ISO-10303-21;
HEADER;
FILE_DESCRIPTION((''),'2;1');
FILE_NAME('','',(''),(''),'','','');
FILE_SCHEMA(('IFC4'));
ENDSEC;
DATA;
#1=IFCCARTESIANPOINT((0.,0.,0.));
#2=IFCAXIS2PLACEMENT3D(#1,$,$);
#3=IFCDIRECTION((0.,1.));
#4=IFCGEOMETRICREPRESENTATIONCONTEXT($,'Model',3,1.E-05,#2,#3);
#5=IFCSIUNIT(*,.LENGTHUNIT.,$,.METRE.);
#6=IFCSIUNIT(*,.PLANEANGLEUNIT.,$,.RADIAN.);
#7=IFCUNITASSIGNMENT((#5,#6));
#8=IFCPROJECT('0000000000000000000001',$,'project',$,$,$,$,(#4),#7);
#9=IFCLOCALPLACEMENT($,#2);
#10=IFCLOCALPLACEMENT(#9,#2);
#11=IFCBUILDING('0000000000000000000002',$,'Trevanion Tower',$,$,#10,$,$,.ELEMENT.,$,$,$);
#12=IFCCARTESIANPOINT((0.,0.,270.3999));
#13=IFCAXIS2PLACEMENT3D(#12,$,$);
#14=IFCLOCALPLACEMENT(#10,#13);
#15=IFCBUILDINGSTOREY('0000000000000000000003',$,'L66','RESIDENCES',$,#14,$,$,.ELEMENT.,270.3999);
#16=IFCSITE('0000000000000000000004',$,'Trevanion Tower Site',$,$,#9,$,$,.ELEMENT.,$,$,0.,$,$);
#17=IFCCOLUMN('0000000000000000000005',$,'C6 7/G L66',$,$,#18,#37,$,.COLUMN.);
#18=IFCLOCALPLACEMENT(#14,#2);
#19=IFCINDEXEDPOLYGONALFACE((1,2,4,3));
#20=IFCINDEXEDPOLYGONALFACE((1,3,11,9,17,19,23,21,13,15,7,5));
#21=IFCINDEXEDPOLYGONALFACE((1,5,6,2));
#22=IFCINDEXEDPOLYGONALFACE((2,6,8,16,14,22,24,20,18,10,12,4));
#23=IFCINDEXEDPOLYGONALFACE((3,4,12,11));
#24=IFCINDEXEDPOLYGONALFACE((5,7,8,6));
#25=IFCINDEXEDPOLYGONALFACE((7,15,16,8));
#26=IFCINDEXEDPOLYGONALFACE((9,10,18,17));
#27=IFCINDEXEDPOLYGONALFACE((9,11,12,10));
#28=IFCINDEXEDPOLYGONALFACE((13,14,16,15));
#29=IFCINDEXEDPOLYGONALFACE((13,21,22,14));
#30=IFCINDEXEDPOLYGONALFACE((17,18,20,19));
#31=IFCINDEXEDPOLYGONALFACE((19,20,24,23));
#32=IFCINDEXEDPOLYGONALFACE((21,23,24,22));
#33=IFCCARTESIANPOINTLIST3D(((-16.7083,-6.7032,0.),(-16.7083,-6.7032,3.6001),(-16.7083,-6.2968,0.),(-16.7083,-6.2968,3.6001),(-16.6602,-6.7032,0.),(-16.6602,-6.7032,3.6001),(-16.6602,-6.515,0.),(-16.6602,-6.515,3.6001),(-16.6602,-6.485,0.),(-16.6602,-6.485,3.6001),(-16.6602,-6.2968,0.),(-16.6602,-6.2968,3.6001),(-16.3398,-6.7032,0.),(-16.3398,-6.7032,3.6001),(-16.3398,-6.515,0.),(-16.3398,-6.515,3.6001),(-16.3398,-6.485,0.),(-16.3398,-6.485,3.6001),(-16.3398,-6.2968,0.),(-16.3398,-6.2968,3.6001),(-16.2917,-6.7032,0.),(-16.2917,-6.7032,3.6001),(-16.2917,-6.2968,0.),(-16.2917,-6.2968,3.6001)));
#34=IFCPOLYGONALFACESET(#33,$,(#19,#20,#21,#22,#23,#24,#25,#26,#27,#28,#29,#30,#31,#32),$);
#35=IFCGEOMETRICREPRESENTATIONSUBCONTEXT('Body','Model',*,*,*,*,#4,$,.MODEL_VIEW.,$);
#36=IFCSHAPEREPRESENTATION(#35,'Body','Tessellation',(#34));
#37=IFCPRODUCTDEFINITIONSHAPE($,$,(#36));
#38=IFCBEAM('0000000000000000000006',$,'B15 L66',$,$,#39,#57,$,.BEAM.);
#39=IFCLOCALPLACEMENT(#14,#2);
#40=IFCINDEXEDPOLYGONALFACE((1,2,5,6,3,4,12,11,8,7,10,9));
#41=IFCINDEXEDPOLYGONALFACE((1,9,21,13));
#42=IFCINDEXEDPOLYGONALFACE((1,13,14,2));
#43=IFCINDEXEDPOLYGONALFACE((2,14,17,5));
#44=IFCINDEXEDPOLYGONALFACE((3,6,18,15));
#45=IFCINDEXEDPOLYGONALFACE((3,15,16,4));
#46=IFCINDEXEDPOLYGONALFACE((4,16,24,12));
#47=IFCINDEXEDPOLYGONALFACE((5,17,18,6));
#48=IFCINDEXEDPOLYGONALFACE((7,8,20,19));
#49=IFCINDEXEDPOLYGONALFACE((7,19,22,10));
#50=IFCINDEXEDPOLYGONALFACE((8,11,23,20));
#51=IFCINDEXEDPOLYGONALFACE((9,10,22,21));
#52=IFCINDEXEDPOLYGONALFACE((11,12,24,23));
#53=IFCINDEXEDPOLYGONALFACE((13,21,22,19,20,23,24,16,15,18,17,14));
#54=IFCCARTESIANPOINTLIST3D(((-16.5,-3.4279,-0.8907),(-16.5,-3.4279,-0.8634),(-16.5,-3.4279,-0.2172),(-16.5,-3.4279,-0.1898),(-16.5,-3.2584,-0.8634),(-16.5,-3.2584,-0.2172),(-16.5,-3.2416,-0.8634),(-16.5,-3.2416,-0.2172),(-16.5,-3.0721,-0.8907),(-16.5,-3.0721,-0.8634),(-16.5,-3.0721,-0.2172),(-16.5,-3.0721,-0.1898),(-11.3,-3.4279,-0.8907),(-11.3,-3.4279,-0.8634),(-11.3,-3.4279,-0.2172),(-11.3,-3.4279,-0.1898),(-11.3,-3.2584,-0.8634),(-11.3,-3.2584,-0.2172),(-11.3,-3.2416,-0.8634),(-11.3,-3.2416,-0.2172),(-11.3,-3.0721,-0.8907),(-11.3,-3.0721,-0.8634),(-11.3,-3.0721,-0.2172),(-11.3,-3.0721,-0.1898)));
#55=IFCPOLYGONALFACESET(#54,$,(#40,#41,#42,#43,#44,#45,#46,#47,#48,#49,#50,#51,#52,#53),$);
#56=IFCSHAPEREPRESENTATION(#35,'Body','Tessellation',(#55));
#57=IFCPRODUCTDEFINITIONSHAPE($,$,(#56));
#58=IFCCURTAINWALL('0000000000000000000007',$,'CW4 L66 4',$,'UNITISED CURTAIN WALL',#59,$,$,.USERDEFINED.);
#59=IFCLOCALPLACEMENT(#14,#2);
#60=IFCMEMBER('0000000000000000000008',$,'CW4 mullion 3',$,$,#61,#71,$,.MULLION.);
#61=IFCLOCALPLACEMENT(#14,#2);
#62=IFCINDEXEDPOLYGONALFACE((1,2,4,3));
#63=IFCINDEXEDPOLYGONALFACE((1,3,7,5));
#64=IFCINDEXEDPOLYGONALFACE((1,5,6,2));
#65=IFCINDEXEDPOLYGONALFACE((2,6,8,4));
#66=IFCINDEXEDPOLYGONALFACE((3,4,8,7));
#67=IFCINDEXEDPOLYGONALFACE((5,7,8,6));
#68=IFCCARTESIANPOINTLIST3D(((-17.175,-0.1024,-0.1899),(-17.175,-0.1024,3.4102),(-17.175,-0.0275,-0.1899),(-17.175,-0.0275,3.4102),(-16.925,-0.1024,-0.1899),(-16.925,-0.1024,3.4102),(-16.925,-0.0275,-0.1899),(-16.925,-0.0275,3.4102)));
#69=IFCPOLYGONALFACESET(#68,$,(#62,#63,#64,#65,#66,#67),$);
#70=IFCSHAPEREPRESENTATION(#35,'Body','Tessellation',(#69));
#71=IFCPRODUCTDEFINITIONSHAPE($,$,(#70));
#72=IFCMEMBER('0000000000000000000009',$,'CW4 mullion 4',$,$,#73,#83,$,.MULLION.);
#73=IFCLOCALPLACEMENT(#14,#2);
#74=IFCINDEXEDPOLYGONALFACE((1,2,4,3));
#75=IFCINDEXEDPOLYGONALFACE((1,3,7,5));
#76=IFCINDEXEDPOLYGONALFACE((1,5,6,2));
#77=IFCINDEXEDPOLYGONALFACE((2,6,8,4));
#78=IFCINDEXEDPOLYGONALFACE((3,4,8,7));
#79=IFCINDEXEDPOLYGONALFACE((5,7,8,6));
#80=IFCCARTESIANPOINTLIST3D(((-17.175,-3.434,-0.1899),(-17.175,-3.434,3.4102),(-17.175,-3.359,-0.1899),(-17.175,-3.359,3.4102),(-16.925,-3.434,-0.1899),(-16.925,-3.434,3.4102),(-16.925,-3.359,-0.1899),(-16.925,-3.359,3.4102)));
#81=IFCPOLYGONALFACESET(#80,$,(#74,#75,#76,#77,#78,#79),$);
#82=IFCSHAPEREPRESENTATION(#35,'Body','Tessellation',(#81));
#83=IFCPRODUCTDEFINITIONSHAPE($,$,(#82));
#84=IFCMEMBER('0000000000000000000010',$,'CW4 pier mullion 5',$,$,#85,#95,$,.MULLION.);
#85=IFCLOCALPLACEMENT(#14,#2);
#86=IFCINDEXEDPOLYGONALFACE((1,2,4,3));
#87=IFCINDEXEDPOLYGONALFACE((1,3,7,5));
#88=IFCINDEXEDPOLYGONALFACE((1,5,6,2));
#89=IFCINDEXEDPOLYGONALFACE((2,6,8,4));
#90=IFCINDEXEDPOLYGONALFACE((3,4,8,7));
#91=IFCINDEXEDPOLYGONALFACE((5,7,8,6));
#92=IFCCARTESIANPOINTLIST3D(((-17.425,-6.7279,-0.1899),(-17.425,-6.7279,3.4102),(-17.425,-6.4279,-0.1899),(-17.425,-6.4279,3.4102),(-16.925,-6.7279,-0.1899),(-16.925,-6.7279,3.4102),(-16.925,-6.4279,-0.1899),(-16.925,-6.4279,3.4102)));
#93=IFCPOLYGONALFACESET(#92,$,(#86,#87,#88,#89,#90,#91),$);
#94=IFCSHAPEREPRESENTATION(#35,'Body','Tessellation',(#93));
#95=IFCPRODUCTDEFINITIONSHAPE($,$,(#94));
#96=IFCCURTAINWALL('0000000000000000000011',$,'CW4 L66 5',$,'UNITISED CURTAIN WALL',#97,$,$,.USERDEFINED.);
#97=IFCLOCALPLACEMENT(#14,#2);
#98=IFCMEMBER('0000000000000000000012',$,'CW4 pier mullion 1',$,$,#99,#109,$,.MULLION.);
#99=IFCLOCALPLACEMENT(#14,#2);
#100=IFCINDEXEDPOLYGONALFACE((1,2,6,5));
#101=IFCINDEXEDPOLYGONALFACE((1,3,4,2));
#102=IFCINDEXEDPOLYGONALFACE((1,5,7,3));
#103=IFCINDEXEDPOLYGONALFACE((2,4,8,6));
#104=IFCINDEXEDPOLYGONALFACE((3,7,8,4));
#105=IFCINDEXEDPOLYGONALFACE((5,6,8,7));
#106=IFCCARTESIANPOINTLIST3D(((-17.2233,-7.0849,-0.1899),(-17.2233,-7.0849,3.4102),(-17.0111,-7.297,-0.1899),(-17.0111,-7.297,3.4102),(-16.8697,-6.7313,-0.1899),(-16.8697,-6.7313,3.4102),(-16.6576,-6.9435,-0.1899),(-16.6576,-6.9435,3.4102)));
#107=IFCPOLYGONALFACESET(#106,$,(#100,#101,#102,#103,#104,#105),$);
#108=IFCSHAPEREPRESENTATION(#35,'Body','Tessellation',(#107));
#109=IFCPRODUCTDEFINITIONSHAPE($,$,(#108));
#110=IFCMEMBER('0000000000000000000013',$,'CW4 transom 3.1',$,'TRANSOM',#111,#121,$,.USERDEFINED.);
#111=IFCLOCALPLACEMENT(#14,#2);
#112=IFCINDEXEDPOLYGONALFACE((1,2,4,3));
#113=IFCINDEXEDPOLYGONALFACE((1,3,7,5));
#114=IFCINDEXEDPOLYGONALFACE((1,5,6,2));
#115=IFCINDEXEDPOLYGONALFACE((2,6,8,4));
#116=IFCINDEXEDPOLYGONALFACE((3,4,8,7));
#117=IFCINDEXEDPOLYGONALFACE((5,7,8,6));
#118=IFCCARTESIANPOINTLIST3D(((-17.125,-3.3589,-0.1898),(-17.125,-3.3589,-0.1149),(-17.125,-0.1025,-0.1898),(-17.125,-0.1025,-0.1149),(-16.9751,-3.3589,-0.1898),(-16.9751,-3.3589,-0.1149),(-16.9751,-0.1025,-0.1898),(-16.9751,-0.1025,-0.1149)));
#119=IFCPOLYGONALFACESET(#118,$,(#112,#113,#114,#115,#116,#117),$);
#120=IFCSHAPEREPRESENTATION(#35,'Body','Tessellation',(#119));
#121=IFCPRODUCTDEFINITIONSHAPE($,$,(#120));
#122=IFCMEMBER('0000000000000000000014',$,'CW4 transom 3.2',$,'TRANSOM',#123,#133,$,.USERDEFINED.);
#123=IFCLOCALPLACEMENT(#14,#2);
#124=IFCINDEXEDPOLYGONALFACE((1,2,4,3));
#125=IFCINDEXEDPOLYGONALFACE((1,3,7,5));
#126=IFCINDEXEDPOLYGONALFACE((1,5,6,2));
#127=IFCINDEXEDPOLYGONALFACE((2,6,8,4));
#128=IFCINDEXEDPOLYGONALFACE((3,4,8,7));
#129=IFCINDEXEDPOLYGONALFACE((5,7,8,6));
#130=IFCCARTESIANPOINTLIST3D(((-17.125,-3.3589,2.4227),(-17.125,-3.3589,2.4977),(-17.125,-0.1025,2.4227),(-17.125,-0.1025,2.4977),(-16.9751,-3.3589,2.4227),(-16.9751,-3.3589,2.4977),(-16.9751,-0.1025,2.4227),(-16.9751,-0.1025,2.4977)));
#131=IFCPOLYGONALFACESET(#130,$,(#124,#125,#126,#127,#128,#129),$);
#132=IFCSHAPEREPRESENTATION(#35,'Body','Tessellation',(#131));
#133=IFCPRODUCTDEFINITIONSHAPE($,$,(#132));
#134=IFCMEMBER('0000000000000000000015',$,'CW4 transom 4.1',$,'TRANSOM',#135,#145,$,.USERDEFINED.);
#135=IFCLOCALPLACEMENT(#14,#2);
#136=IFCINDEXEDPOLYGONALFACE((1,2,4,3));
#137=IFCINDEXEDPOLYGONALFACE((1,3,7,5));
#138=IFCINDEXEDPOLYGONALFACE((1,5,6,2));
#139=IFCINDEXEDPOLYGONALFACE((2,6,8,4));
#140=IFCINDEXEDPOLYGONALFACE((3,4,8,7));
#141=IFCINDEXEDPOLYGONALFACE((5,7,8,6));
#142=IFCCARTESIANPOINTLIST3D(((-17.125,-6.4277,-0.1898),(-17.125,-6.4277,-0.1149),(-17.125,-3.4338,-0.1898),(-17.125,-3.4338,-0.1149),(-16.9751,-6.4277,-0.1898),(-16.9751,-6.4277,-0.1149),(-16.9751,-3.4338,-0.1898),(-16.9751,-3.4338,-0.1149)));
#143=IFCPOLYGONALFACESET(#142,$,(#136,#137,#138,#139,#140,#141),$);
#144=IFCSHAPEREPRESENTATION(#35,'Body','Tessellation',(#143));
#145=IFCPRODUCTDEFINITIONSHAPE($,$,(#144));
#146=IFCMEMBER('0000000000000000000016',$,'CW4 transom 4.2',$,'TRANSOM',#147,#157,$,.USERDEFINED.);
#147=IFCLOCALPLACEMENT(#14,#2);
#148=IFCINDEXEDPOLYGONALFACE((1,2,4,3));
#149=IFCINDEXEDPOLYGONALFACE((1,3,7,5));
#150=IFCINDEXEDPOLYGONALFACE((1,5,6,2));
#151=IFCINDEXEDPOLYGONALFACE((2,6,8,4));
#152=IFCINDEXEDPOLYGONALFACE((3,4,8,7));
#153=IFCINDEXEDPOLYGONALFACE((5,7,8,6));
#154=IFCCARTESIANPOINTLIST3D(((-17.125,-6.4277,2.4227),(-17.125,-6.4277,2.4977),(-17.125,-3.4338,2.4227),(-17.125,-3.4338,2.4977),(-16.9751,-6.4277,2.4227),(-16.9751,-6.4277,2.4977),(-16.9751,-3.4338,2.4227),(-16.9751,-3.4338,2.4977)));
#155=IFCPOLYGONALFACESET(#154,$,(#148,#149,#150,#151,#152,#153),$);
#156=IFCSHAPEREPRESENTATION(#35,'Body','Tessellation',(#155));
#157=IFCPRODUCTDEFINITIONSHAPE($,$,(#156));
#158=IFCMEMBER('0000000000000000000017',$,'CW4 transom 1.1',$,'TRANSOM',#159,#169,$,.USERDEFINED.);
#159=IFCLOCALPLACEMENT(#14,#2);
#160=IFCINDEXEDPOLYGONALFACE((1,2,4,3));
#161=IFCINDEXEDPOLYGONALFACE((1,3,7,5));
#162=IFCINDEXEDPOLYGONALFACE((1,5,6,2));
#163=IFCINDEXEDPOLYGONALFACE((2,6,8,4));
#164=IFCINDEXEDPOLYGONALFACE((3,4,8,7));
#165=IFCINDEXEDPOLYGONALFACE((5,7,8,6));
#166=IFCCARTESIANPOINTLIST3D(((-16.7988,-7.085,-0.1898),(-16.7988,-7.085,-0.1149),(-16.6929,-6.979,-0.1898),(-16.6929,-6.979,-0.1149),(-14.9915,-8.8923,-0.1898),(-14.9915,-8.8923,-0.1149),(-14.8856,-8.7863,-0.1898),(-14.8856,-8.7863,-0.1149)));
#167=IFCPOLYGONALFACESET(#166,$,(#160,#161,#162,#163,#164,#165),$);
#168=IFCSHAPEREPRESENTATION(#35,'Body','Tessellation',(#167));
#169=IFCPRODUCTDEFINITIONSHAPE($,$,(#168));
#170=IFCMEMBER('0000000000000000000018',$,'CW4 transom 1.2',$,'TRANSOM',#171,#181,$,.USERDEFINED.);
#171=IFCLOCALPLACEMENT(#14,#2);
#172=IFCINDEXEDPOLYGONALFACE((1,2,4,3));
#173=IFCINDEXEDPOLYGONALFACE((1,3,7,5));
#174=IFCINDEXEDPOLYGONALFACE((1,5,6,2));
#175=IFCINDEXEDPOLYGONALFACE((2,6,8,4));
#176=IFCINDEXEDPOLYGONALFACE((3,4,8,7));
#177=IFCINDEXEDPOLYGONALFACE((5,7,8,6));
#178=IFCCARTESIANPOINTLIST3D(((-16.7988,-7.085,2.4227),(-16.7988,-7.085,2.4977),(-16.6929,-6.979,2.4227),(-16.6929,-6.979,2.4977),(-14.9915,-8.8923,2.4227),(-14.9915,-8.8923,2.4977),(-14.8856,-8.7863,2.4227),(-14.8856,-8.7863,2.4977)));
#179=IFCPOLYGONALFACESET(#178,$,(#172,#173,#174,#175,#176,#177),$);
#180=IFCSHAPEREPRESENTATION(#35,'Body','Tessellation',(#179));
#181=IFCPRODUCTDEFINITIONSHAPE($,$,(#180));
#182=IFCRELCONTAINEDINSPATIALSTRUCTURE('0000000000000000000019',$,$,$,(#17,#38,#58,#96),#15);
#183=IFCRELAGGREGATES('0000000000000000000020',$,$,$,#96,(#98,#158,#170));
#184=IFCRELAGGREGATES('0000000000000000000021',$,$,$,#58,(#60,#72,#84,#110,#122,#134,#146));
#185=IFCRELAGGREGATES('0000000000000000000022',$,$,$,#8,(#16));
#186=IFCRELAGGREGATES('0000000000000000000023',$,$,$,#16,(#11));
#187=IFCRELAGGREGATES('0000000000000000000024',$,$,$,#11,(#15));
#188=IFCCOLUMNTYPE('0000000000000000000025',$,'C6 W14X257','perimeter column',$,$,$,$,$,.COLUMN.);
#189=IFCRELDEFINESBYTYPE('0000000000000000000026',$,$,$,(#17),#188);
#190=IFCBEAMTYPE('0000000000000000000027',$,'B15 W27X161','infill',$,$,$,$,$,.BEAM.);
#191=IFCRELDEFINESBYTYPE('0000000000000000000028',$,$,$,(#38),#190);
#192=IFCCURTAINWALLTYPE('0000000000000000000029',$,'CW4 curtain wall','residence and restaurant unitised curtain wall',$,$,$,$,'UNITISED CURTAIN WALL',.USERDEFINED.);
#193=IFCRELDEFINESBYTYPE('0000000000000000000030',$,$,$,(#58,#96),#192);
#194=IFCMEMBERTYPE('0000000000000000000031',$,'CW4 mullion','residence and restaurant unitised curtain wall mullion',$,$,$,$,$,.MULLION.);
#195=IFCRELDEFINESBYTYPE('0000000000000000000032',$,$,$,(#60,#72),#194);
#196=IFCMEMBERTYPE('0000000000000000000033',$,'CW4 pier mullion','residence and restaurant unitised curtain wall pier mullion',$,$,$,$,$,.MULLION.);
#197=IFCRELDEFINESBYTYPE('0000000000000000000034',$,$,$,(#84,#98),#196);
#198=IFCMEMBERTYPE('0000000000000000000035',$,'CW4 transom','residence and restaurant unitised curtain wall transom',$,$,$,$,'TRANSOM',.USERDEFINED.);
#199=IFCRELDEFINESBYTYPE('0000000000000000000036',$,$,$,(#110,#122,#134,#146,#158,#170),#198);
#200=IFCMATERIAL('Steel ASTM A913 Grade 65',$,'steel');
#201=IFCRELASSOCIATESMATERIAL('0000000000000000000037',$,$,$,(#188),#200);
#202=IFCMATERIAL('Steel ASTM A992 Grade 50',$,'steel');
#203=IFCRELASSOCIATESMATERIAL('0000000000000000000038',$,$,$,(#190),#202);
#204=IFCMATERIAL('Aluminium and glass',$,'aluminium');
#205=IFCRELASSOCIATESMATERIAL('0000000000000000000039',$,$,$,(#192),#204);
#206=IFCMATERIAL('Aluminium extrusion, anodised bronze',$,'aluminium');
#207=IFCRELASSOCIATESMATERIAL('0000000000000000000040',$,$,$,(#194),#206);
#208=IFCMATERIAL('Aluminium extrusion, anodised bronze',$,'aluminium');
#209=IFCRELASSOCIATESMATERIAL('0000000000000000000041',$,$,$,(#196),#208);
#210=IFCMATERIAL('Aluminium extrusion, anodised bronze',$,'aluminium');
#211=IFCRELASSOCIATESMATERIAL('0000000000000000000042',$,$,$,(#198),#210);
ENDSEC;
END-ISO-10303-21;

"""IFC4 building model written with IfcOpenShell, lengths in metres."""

from ifc_helpers import new_model, si_unit, direction, frame, origin, origin_2d, place, context, subcontext, project, spatial, rectangle, i_section, extrude, material, material_profile, profile_set, type_object, element, aggregate, save


model = new_model("IFC4")

# Units and contexts
model_context = context("Model", 3, precision=1e-05, world=origin(), true_north=direction((0.0, 1.0)))
body_context = subcontext(model_context, "Body", "Model", "MODEL_VIEW")
ifc_project = project(units=[si_unit("LENGTHUNIT", "METRE"), si_unit("PLANEANGLEUNIT", "RADIAN")], contexts=[model_context])

# Site, building, storey
site_placement = place(None, origin())
site = spatial("IfcSite", under=ifc_project, at=site_placement, Name="Trevanion Tower Site", CompositionType="ELEMENT", RefElevation=0.0)
building_placement = place(site_placement, origin())
building = spatial("IfcBuilding", under=site, at=building_placement, Name="Trevanion Tower", CompositionType="ELEMENT")
storey_placement = place(building_placement, frame((0.0, 0.0, 270.3999)))
storey = spatial("IfcBuildingStorey", under=building, at=storey_placement, Name="L66", Description="RESIDENCES", CompositionType="ELEMENT", Elevation=270.3999)

# Column
ifc_material_1 = material(Name="Steel ASTM A913 Grade 65", Category="steel")
ifc_material_profile_1 = material_profile(ifc_material_1, i_section(OverallWidth=0.4065, OverallDepth=0.4165, WebThickness=0.03, FlangeThickness=0.0481, at=origin_2d()), Name="W14X257")
ifc_profile_set_1 = profile_set([ifc_material_profile_1], Name="Steel ASTM A913 Grade 65")
column_type = type_object("IfcColumnType", Name="C6 W14X257", Description="perimeter column", PredefinedType="COLUMN", material=ifc_profile_set_1)
column_placement = place(storey_placement, frame((-16.5, -6.5, 0.0), z_axis=(0.0, 0.0, 1.0), x_axis=(0.0, 1.0, 0.0)))
element("IfcColumn", 1, at=column_placement, inside=storey, type_object=column_type, Name="C6 7/G L66", PredefinedType="COLUMN", context=body_context, shape_type="SweptSolid", body=[
    extrude(i_section(OverallWidth=0.4065, OverallDepth=0.4165, WebThickness=0.03, FlangeThickness=0.0481, at=origin_2d()), origin(), (0.0, 0.0, 1.0), 3.6001),
])

# Beam
ifc_material_2 = material(Name="Steel ASTM A992 Grade 50", Category="steel")
ifc_material_profile_2 = material_profile(ifc_material_2, i_section(OverallWidth=0.3557, OverallDepth=0.7009, WebThickness=0.0168, FlangeThickness=0.0273, at=origin_2d()), Name="W27X161")
ifc_profile_set_2 = profile_set([ifc_material_profile_2], Name="Steel ASTM A992 Grade 50")
beam_type_1 = type_object("IfcBeamType", Name="B15 W27X161", Description="infill", PredefinedType="BEAM", material=ifc_profile_set_2)
beam_1_placement = place(storey_placement, frame((-11.3, -3.25, -0.5403), z_axis=(-1.0, 0.0, 0.0), x_axis=(0.0, -1.0, 0.0)))
element("IfcBeam", 2, at=beam_1_placement, inside=storey, type_object=beam_type_1, Name="B15 L66", PredefinedType="BEAM", context=body_context, shape_type="SweptSolid", body=[
    extrude(i_section(OverallWidth=0.3557, OverallDepth=0.7009, WebThickness=0.0168, FlangeThickness=0.0273, at=origin_2d()), origin(), (0.0, 0.0, 1.0), 5.2),
])

# Curtain wall, members
ifc_material_3 = material(Name="Aluminium and glass", Category="aluminium")
curtain_wall_type = type_object("IfcCurtainWallType", Name="CW4 curtain wall", Description="residence and restaurant unitised curtain wall", ElementType="UNITISED CURTAIN WALL", PredefinedType="USERDEFINED", material=ifc_material_3)
curtain_wall_1_placement = place(storey_placement, origin())
curtain_wall_1 = element("IfcCurtainWall", 3, at=curtain_wall_1_placement, inside=storey, type_object=curtain_wall_type, Name="CW4 L66 4", ObjectType="UNITISED CURTAIN WALL", PredefinedType="USERDEFINED")
ifc_material_4 = material(Name="Aluminium extrusion, anodised bronze", Category="aluminium")
ifc_material_profile_3 = material_profile(ifc_material_4, rectangle(XDim=0.075, YDim=0.25, at=origin_2d()), Name="CW4 mullion")
ifc_profile_set_3 = profile_set([ifc_material_profile_3], Name="Aluminium extrusion, anodised bronze")
member_type_1 = type_object("IfcMemberType", Name="CW4 mullion", Description="residence and restaurant unitised curtain wall mullion", PredefinedType="MULLION", material=ifc_profile_set_3)
member_1_placement = place(storey_placement, frame((-17.05, -0.0649, -0.1899), z_axis=(0.0, 0.0, 1.0), x_axis=(0.0, -1.0, 0.0)))
member_1 = element("IfcMember", 4, at=member_1_placement, type_object=member_type_1, Name="CW4 mullion 3", PredefinedType="MULLION", context=body_context, shape_type="SweptSolid", body=[
    extrude(rectangle(XDim=0.075, YDim=0.25, at=origin_2d()), origin(), (0.0, 0.0, 1.0), 3.6001),
])
member_2_placement = place(storey_placement, frame((-17.05, -3.3965, -0.1899), z_axis=(0.0, 0.0, 1.0), x_axis=(0.0, -1.0, 0.0)))
member_2 = element("IfcMember", 5, at=member_2_placement, type_object=member_type_1, Name="CW4 mullion 4", PredefinedType="MULLION", context=body_context, shape_type="SweptSolid", body=[
    extrude(rectangle(XDim=0.075, YDim=0.25, at=origin_2d()), origin(), (0.0, 0.0, 1.0), 3.6001),
])
ifc_material_5 = material(Name="Aluminium extrusion, anodised bronze", Category="aluminium")
ifc_material_profile_4 = material_profile(ifc_material_5, rectangle(XDim=0.3, YDim=0.5, at=origin_2d()), Name="CW4 pier mullion")
ifc_profile_set_4 = profile_set([ifc_material_profile_4], Name="Aluminium extrusion, anodised bronze")
member_type_2 = type_object("IfcMemberType", Name="CW4 pier mullion", Description="residence and restaurant unitised curtain wall pier mullion", PredefinedType="MULLION", material=ifc_profile_set_4)
member_3_placement = place(storey_placement, frame((-17.175, -6.5779, -0.1899), z_axis=(0.0, 0.0, 1.0), x_axis=(0.0, -1.0, 0.0)))
member_3 = element("IfcMember", 6, at=member_3_placement, type_object=member_type_2, Name="CW4 pier mullion 5", PredefinedType="MULLION", context=body_context, shape_type="SweptSolid", body=[
    extrude(rectangle(XDim=0.3, YDim=0.5, at=origin_2d()), origin(), (0.0, 0.0, 1.0), 3.6001),
])

# Curtain wall, member
curtain_wall_2_placement = place(storey_placement, origin())
curtain_wall_2 = element("IfcCurtainWall", 7, at=curtain_wall_2_placement, inside=storey, type_object=curtain_wall_type, Name="CW4 L66 5", ObjectType="UNITISED CURTAIN WALL", PredefinedType="USERDEFINED")
member_4_placement = place(storey_placement, frame((-16.9404, -7.0142, -0.1899), z_axis=(0.0, 0.0, 1.0), x_axis=(0.707107, -0.707107, 0.0)))
member_4 = element("IfcMember", 8, at=member_4_placement, type_object=member_type_2, Name="CW4 pier mullion 1", PredefinedType="MULLION", context=body_context, shape_type="SweptSolid", body=[
    extrude(rectangle(XDim=0.3, YDim=0.5, at=origin_2d()), origin(), (0.0, 0.0, 1.0), 3.6001),
])

# Members
ifc_material_6 = material(Name="Aluminium extrusion, anodised bronze", Category="aluminium")
ifc_material_profile_5 = material_profile(ifc_material_6, rectangle(XDim=0.1499, YDim=0.075, at=origin_2d()), Name="CW4 transom")
ifc_profile_set_5 = profile_set([ifc_material_profile_5], Name="Aluminium extrusion, anodised bronze")
member_type_3 = type_object("IfcMemberType", Name="CW4 transom", Description="residence and restaurant unitised curtain wall transom", ElementType="TRANSOM", PredefinedType="USERDEFINED", material=ifc_profile_set_5)
member_5_placement = place(storey_placement, frame((-17.05, -0.1025, -0.1523), z_axis=(0.0, -1.0, 0.0), x_axis=(1.0, 0.0, 0.0)))
member_5 = element("IfcMember", 9, at=member_5_placement, type_object=member_type_3, Name="CW4 transom 3.1", ObjectType="TRANSOM", PredefinedType="USERDEFINED", context=body_context, shape_type="SweptSolid", body=[
    extrude(rectangle(XDim=0.1499, YDim=0.075, at=origin_2d()), origin(), (0.0, 0.0, 1.0), 3.2563),
])
member_6_placement = place(storey_placement, frame((-17.05, -0.1025, 2.4602), z_axis=(0.0, -1.0, 0.0), x_axis=(1.0, 0.0, 0.0)))
member_6 = element("IfcMember", 10, at=member_6_placement, type_object=member_type_3, Name="CW4 transom 3.2", ObjectType="TRANSOM", PredefinedType="USERDEFINED", context=body_context, shape_type="SweptSolid", body=[
    extrude(rectangle(XDim=0.1499, YDim=0.075, at=origin_2d()), origin(), (0.0, 0.0, 1.0), 3.2563),
])
member_7_placement = place(storey_placement, frame((-17.05, -3.4338, -0.1523), z_axis=(0.0, -1.0, 0.0), x_axis=(1.0, 0.0, 0.0)))
member_7 = element("IfcMember", 11, at=member_7_placement, type_object=member_type_3, Name="CW4 transom 4.1", ObjectType="TRANSOM", PredefinedType="USERDEFINED", context=body_context, shape_type="SweptSolid", body=[
    extrude(rectangle(XDim=0.1499, YDim=0.075, at=origin_2d()), origin(), (0.0, 0.0, 1.0), 2.9939),
])
member_8_placement = place(storey_placement, frame((-17.05, -3.4338, 2.4602), z_axis=(0.0, -1.0, 0.0), x_axis=(1.0, 0.0, 0.0)))
member_8 = element("IfcMember", 12, at=member_8_placement, type_object=member_type_3, Name="CW4 transom 4.2", ObjectType="TRANSOM", PredefinedType="USERDEFINED", context=body_context, shape_type="SweptSolid", body=[
    extrude(rectangle(XDim=0.1499, YDim=0.075, at=origin_2d()), origin(), (0.0, 0.0, 1.0), 2.9939),
])
member_9_placement = place(storey_placement, frame((-16.7458, -7.032, -0.1523), z_axis=(0.707107, -0.707107, 0.0), x_axis=(0.707107, 0.707107, 0.0)))
member_9 = element("IfcMember", 13, at=member_9_placement, type_object=member_type_3, Name="CW4 transom 1.1", ObjectType="TRANSOM", PredefinedType="USERDEFINED", context=body_context, shape_type="SweptSolid", body=[
    extrude(rectangle(XDim=0.1499, YDim=0.075, at=origin_2d()), origin(), (0.0, 0.0, 1.0), 2.5559),
])
member_10_placement = place(storey_placement, frame((-16.7458, -7.032, 2.4602), z_axis=(0.707107, -0.707107, 0.0), x_axis=(0.707107, 0.707107, 0.0)))
member_10 = element("IfcMember", 14, at=member_10_placement, type_object=member_type_3, Name="CW4 transom 1.2", ObjectType="TRANSOM", PredefinedType="USERDEFINED", context=body_context, shape_type="SweptSolid", body=[
    extrude(rectangle(XDim=0.1499, YDim=0.075, at=origin_2d()), origin(), (0.0, 0.0, 1.0), 2.5559),
])

aggregate(curtain_wall_2, [member_4, member_9, member_10])
aggregate(curtain_wall_1, [member_1, member_2, member_3, member_5, member_6, member_7, member_8])

save(model, "model.ifc")
